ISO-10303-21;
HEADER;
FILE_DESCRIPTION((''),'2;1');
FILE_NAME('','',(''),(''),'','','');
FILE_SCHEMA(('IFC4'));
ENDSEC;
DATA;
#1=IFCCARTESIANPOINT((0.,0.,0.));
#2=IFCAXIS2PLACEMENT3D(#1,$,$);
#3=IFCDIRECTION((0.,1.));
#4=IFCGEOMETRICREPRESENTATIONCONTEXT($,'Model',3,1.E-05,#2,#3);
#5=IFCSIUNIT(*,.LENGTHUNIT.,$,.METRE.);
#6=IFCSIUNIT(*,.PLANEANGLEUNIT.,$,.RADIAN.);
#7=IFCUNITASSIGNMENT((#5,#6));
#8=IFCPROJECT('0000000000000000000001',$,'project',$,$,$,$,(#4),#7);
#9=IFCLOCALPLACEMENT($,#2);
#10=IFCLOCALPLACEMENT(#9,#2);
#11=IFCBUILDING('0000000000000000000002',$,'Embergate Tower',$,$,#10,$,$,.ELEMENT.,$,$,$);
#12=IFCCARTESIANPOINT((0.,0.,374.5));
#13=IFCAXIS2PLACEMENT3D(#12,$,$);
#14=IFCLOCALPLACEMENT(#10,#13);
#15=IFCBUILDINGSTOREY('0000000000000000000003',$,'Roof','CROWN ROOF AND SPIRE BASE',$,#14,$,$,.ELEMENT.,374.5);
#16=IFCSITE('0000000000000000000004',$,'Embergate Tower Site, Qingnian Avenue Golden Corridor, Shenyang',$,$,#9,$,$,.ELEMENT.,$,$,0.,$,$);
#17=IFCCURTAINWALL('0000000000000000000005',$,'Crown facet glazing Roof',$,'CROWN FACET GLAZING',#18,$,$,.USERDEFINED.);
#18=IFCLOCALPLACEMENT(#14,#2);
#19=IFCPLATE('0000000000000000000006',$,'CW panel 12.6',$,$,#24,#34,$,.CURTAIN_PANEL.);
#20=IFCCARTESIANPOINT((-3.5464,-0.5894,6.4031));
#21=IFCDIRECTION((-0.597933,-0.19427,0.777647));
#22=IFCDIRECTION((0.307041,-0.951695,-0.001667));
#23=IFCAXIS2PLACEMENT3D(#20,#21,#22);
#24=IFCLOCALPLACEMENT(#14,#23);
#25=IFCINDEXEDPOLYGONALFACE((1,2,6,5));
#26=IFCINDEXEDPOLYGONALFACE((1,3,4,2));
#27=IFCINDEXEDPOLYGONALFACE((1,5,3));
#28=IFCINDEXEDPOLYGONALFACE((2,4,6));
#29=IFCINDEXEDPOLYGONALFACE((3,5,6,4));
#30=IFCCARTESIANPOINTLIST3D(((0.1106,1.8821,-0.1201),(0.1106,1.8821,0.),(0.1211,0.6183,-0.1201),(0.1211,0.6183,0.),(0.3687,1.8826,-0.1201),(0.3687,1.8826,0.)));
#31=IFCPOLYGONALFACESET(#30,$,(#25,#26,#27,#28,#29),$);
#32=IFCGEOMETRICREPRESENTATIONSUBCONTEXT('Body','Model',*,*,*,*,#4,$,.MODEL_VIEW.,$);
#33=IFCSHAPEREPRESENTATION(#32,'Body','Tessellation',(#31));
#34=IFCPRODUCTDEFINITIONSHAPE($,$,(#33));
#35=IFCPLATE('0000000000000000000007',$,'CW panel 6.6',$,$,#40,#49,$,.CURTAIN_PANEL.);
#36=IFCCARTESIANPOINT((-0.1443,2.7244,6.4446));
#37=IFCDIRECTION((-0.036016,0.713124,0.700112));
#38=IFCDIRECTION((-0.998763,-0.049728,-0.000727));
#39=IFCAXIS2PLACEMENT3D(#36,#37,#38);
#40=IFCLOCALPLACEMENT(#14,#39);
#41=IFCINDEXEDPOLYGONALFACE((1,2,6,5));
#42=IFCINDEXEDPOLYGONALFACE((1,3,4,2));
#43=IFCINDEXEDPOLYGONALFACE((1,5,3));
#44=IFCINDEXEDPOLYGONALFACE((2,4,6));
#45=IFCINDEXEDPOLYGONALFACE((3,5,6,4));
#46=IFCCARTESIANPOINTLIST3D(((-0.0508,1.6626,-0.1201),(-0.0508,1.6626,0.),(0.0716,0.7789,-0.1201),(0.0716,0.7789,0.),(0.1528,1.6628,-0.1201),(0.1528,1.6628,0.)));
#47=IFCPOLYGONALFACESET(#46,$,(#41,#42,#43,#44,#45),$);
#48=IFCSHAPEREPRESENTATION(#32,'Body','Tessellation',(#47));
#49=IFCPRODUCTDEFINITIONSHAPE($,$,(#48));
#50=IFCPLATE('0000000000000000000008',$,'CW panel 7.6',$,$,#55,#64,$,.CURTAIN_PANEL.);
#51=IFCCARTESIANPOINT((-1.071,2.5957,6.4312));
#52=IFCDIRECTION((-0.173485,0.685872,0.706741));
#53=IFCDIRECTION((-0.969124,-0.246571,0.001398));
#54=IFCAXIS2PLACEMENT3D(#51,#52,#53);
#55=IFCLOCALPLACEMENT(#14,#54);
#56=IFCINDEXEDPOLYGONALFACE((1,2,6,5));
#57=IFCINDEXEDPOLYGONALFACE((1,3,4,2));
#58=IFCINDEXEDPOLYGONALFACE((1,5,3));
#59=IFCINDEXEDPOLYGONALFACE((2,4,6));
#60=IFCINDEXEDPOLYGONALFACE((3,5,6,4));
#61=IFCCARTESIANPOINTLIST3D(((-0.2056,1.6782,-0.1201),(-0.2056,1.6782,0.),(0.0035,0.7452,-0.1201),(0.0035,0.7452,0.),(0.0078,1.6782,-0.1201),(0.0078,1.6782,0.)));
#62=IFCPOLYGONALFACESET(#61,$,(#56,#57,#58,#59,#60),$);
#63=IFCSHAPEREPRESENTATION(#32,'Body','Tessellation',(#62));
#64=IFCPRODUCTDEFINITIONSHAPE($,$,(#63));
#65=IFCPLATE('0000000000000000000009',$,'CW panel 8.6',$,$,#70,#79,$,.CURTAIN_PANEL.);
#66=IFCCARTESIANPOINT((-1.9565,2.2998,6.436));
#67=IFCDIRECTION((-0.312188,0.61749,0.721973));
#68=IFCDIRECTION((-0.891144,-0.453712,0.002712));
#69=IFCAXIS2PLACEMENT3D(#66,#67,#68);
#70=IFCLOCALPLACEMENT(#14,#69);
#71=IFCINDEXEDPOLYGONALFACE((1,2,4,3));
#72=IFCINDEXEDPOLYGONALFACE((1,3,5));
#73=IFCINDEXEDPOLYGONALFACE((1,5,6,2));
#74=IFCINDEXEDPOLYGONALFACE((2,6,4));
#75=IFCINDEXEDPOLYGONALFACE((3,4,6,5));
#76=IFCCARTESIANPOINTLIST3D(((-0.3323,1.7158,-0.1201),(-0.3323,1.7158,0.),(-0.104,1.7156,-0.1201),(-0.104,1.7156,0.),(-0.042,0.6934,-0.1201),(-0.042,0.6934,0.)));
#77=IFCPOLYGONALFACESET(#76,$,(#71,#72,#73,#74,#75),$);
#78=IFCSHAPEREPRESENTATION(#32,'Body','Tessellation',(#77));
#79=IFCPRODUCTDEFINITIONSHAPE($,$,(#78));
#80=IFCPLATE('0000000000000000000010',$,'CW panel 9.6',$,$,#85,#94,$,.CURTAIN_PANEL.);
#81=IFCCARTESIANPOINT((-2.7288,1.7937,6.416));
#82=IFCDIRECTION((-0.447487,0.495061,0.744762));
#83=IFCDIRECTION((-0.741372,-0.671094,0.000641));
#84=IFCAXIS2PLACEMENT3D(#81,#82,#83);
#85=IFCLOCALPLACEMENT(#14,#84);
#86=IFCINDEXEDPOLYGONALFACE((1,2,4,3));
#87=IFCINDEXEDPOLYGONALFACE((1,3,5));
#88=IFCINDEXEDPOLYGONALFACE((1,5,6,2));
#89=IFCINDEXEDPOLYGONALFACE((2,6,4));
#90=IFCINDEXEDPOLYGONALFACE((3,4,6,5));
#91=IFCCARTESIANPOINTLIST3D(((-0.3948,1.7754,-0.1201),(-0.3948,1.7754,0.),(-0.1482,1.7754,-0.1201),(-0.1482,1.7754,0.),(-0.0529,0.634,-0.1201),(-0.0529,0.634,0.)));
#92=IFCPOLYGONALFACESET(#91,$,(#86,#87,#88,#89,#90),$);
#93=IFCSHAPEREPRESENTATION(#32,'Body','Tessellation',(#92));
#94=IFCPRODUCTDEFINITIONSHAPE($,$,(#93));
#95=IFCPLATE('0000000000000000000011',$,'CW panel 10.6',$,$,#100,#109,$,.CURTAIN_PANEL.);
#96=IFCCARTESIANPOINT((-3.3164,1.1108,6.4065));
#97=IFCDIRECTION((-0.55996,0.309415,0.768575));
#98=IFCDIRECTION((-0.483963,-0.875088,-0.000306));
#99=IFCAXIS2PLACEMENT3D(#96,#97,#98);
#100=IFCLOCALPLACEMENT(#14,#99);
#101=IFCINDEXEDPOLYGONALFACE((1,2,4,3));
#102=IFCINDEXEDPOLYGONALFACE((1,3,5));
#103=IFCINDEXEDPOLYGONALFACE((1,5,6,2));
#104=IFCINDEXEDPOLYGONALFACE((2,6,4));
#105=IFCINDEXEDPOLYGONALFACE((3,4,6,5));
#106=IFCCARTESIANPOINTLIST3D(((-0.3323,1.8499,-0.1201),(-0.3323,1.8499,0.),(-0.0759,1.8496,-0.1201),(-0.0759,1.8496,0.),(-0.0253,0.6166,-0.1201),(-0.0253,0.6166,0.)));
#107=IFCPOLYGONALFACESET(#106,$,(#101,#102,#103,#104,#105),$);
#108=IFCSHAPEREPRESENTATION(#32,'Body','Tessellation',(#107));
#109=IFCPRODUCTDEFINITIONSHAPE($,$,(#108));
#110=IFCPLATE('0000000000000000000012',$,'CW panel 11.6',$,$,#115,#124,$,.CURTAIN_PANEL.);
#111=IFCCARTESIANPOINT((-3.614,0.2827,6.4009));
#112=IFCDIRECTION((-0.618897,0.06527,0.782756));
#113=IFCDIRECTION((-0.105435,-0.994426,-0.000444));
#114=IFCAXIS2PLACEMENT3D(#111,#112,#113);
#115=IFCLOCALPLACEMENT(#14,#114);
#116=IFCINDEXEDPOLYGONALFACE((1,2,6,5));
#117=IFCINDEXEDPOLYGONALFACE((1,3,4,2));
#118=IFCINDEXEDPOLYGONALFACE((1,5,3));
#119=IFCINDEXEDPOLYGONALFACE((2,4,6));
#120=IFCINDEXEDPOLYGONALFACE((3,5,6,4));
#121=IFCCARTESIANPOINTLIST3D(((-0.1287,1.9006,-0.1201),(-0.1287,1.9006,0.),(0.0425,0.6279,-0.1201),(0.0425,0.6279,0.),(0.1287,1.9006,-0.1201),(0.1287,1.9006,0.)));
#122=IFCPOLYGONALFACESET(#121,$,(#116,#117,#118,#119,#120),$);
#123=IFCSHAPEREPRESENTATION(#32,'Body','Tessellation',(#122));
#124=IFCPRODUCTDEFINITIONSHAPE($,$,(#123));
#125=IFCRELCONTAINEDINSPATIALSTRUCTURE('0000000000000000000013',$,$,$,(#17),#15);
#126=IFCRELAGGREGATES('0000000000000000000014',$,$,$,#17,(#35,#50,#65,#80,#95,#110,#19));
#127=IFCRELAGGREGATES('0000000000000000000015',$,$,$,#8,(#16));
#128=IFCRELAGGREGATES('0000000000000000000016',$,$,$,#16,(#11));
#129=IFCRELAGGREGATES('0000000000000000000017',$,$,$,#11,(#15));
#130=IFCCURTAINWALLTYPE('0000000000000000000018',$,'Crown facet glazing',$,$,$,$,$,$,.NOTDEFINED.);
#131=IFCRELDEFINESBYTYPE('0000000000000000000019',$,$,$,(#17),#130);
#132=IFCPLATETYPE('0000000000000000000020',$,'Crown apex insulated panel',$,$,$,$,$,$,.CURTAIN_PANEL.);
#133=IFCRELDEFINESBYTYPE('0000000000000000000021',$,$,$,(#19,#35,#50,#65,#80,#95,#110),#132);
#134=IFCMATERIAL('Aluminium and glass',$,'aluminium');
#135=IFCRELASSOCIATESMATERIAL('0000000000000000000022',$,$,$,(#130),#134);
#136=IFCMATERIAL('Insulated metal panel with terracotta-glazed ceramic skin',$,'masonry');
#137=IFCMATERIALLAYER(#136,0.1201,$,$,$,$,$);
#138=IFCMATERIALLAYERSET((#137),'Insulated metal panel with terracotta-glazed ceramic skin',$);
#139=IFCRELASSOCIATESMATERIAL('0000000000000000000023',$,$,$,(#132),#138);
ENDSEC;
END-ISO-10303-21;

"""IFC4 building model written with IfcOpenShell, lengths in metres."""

from ifc_helpers import new_model, si_unit, direction, frame, origin, place, context, subcontext, project, spatial, polyline, outline, extrude, source, transform, mapped, material, layer, layer_set, type_object, element, aggregate, save


model = new_model("IFC4")

# Units and contexts
model_context = context("Model", 3, precision=1e-05, world=origin(), true_north=direction((0.0, 1.0)))
body_context = subcontext(model_context, "Body", "Model", "MODEL_VIEW")
ifc_project = project(units=[si_unit("LENGTHUNIT", "METRE"), si_unit("PLANEANGLEUNIT", "RADIAN")], contexts=[model_context])

# Site, building, storey
site_placement = place(None, origin())
site = spatial("IfcSite", under=ifc_project, at=site_placement, Name="Embergate Tower Site, Qingnian Avenue Golden Corridor, Shenyang", CompositionType="ELEMENT", RefElevation=0.0)
building_placement = place(site_placement, origin())
building = spatial("IfcBuilding", under=site, at=building_placement, Name="Embergate Tower", CompositionType="ELEMENT")
storey_placement = place(building_placement, frame((0.0, 0.0, 374.5)))
storey = spatial("IfcBuildingStorey", under=building, at=storey_placement, Name="Roof", Description="CROWN ROOF AND SPIRE BASE", CompositionType="ELEMENT", Elevation=374.5)

# Curtain wall, plates
ifc_material_1 = material(Name="Aluminium and glass", Category="aluminium")
curtain_wall_type = type_object("IfcCurtainWallType", Name="Crown facet glazing", PredefinedType="NOTDEFINED", material=ifc_material_1)
curtain_wall_placement = place(storey_placement, origin())
curtain_wall = element("IfcCurtainWall", 1, at=curtain_wall_placement, inside=storey, type_object=curtain_wall_type, Name="Crown facet glazing Roof", ObjectType="CROWN FACET GLAZING", PredefinedType="USERDEFINED")
ifc_material_2 = material(Name="Insulated metal panel with terracotta-glazed ceramic skin", Category="masonry")
ifc_layer = layer(ifc_material_2, 0.1201)
ifc_layer_set = layer_set([ifc_layer], Name="Insulated metal panel with terracotta-glazed ceramic skin")
plate_type = type_object("IfcPlateType", Name="Crown apex insulated panel", PredefinedType="CURTAIN_PANEL", material=ifc_layer_set)
shared_shape_1 = source(origin(), body_context, "Body", "SweptSolid", [
    extrude(outline(polyline([(0.0, 0.0), (0.1262, 0.0), (0.1106, 1.8821), (0.3687, 1.8826), (0.0, 0.0)])), origin(), (0.0, 0.0, -1.0), 0.1201),
])
plate_1_placement = place(storey_placement, frame((-3.5464, -0.5894, 6.4031), z_axis=(-0.597933, -0.19427, 0.777647), x_axis=(0.307041, -0.951695, -0.001667)))
plate_1 = element("IfcPlate", 2, at=plate_1_placement, type_object=plate_type, Name="CW panel 12.6", PredefinedType="CURTAIN_PANEL", context=body_context, shape_type="MappedRepresentation", body=[
    mapped(shared_shape_1, transform((0.0, 0.0, 0.0))),
])
shared_shape_2 = source(origin(), body_context, "Body", "SweptSolid", [
    extrude(outline(polyline([(0.0, 0.0), (0.1794, 0.0), (-0.0508, 1.6626), (0.1528, 1.6628), (0.0, 0.0)])), origin(), (0.0, 0.0, -1.0), 0.1201),
])
plate_2_placement = place(storey_placement, frame((-0.1443, 2.7244, 6.4446), z_axis=(-0.036016, 0.713124, 0.700112), x_axis=(-0.998763, -0.049728, -0.000727)))
plate_2 = element("IfcPlate", 3, at=plate_2_placement, type_object=plate_type, Name="CW panel 6.6", PredefinedType="CURTAIN_PANEL", context=body_context, shape_type="MappedRepresentation", body=[
    mapped(shared_shape_2, transform((0.0, 0.0, 0.0))),
])
shared_shape_3 = source(origin(), body_context, "Body", "SweptSolid", [
    extrude(outline(polyline([(0.0, 0.0), (0.1704, 0.0), (-0.2056, 1.6782), (0.0078, 1.6782), (0.0, 0.0)])), origin(), (0.0, 0.0, -1.0), 0.1201),
])
plate_3_placement = place(storey_placement, frame((-1.071, 2.5957, 6.4312), z_axis=(-0.173485, 0.685872, 0.706741), x_axis=(-0.969124, -0.246571, 0.001398)))
plate_3 = element("IfcPlate", 4, at=plate_3_placement, type_object=plate_type, Name="CW panel 7.6", PredefinedType="CURTAIN_PANEL", context=body_context, shape_type="MappedRepresentation", body=[
    mapped(shared_shape_3, transform((0.0, 0.0, 0.0))),
])
shared_shape_4 = source(origin(), body_context, "Body", "SweptSolid", [
    extrude(outline(polyline([(0.0, 0.0), (0.1548, 0.0), (-0.3323, 1.7158), (-0.104, 1.7156), (0.0, 0.0)])), origin(), (0.0, 0.0, -1.0), 0.1201),
])
plate_4_placement = place(storey_placement, frame((-1.9565, 2.2998, 6.436), z_axis=(-0.312188, 0.61749, 0.721973), x_axis=(-0.891144, -0.453712, 0.002712)))
plate_4 = element("IfcPlate", 5, at=plate_4_placement, type_object=plate_type, Name="CW panel 8.6", PredefinedType="CURTAIN_PANEL", context=body_context, shape_type="MappedRepresentation", body=[
    mapped(shared_shape_4, transform((0.0, 0.0, 0.0))),
])
shared_shape_5 = source(origin(), body_context, "Body", "SweptSolid", [
    extrude(outline(polyline([(0.0, 0.0), (0.137, 0.0), (-0.3948, 1.7754), (-0.1482, 1.7754), (0.0, 0.0)])), origin(), (0.0, 0.0, -1.0), 0.1201),
])
plate_5_placement = place(storey_placement, frame((-2.7288, 1.7937, 6.416), z_axis=(-0.447487, 0.495061, 0.744762), x_axis=(-0.741372, -0.671094, 0.000641)))
plate_5 = element("IfcPlate", 6, at=plate_5_placement, type_object=plate_type, Name="CW panel 9.6", PredefinedType="CURTAIN_PANEL", context=body_context, shape_type="MappedRepresentation", body=[
    mapped(shared_shape_5, transform((0.0, 0.0, 0.0))),
])
shared_shape_6 = source(origin(), body_context, "Body", "SweptSolid", [
    extrude(outline(polyline([(0.0, 0.0), (0.1282, 0.0), (-0.3323, 1.8499), (-0.0759, 1.8496), (0.0, 0.0)])), origin(), (0.0, 0.0, -1.0), 0.1201),
])
plate_6_placement = place(storey_placement, frame((-3.3164, 1.1108, 6.4065), z_axis=(-0.55996, 0.309415, 0.768575), x_axis=(-0.483963, -0.875088, -0.000306)))
plate_6 = element("IfcPlate", 7, at=plate_6_placement, type_object=plate_type, Name="CW panel 10.6", PredefinedType="CURTAIN_PANEL", context=body_context, shape_type="MappedRepresentation", body=[
    mapped(shared_shape_6, transform((0.0, 0.0, 0.0))),
])
shared_shape_7 = source(origin(), body_context, "Body", "SweptSolid", [
    extrude(outline(polyline([(0.0, 0.0), (0.127, 0.0), (-0.1287, 1.9006), (0.1287, 1.9006), (0.0, 0.0)])), origin(), (0.0, 0.0, -1.0), 0.1201),
])
plate_7_placement = place(storey_placement, frame((-3.614, 0.2827, 6.4009), z_axis=(-0.618897, 0.06527, 0.782756), x_axis=(-0.105435, -0.994426, -0.000444)))
plate_7 = element("IfcPlate", 8, at=plate_7_placement, type_object=plate_type, Name="CW panel 11.6", PredefinedType="CURTAIN_PANEL", context=body_context, shape_type="MappedRepresentation", body=[
    mapped(shared_shape_7, transform((0.0, 0.0, 0.0))),
])
aggregate(curtain_wall, [plate_2, plate_3, plate_4, plate_5, plate_6, plate_7, plate_1])

save(model, "model.ifc")
